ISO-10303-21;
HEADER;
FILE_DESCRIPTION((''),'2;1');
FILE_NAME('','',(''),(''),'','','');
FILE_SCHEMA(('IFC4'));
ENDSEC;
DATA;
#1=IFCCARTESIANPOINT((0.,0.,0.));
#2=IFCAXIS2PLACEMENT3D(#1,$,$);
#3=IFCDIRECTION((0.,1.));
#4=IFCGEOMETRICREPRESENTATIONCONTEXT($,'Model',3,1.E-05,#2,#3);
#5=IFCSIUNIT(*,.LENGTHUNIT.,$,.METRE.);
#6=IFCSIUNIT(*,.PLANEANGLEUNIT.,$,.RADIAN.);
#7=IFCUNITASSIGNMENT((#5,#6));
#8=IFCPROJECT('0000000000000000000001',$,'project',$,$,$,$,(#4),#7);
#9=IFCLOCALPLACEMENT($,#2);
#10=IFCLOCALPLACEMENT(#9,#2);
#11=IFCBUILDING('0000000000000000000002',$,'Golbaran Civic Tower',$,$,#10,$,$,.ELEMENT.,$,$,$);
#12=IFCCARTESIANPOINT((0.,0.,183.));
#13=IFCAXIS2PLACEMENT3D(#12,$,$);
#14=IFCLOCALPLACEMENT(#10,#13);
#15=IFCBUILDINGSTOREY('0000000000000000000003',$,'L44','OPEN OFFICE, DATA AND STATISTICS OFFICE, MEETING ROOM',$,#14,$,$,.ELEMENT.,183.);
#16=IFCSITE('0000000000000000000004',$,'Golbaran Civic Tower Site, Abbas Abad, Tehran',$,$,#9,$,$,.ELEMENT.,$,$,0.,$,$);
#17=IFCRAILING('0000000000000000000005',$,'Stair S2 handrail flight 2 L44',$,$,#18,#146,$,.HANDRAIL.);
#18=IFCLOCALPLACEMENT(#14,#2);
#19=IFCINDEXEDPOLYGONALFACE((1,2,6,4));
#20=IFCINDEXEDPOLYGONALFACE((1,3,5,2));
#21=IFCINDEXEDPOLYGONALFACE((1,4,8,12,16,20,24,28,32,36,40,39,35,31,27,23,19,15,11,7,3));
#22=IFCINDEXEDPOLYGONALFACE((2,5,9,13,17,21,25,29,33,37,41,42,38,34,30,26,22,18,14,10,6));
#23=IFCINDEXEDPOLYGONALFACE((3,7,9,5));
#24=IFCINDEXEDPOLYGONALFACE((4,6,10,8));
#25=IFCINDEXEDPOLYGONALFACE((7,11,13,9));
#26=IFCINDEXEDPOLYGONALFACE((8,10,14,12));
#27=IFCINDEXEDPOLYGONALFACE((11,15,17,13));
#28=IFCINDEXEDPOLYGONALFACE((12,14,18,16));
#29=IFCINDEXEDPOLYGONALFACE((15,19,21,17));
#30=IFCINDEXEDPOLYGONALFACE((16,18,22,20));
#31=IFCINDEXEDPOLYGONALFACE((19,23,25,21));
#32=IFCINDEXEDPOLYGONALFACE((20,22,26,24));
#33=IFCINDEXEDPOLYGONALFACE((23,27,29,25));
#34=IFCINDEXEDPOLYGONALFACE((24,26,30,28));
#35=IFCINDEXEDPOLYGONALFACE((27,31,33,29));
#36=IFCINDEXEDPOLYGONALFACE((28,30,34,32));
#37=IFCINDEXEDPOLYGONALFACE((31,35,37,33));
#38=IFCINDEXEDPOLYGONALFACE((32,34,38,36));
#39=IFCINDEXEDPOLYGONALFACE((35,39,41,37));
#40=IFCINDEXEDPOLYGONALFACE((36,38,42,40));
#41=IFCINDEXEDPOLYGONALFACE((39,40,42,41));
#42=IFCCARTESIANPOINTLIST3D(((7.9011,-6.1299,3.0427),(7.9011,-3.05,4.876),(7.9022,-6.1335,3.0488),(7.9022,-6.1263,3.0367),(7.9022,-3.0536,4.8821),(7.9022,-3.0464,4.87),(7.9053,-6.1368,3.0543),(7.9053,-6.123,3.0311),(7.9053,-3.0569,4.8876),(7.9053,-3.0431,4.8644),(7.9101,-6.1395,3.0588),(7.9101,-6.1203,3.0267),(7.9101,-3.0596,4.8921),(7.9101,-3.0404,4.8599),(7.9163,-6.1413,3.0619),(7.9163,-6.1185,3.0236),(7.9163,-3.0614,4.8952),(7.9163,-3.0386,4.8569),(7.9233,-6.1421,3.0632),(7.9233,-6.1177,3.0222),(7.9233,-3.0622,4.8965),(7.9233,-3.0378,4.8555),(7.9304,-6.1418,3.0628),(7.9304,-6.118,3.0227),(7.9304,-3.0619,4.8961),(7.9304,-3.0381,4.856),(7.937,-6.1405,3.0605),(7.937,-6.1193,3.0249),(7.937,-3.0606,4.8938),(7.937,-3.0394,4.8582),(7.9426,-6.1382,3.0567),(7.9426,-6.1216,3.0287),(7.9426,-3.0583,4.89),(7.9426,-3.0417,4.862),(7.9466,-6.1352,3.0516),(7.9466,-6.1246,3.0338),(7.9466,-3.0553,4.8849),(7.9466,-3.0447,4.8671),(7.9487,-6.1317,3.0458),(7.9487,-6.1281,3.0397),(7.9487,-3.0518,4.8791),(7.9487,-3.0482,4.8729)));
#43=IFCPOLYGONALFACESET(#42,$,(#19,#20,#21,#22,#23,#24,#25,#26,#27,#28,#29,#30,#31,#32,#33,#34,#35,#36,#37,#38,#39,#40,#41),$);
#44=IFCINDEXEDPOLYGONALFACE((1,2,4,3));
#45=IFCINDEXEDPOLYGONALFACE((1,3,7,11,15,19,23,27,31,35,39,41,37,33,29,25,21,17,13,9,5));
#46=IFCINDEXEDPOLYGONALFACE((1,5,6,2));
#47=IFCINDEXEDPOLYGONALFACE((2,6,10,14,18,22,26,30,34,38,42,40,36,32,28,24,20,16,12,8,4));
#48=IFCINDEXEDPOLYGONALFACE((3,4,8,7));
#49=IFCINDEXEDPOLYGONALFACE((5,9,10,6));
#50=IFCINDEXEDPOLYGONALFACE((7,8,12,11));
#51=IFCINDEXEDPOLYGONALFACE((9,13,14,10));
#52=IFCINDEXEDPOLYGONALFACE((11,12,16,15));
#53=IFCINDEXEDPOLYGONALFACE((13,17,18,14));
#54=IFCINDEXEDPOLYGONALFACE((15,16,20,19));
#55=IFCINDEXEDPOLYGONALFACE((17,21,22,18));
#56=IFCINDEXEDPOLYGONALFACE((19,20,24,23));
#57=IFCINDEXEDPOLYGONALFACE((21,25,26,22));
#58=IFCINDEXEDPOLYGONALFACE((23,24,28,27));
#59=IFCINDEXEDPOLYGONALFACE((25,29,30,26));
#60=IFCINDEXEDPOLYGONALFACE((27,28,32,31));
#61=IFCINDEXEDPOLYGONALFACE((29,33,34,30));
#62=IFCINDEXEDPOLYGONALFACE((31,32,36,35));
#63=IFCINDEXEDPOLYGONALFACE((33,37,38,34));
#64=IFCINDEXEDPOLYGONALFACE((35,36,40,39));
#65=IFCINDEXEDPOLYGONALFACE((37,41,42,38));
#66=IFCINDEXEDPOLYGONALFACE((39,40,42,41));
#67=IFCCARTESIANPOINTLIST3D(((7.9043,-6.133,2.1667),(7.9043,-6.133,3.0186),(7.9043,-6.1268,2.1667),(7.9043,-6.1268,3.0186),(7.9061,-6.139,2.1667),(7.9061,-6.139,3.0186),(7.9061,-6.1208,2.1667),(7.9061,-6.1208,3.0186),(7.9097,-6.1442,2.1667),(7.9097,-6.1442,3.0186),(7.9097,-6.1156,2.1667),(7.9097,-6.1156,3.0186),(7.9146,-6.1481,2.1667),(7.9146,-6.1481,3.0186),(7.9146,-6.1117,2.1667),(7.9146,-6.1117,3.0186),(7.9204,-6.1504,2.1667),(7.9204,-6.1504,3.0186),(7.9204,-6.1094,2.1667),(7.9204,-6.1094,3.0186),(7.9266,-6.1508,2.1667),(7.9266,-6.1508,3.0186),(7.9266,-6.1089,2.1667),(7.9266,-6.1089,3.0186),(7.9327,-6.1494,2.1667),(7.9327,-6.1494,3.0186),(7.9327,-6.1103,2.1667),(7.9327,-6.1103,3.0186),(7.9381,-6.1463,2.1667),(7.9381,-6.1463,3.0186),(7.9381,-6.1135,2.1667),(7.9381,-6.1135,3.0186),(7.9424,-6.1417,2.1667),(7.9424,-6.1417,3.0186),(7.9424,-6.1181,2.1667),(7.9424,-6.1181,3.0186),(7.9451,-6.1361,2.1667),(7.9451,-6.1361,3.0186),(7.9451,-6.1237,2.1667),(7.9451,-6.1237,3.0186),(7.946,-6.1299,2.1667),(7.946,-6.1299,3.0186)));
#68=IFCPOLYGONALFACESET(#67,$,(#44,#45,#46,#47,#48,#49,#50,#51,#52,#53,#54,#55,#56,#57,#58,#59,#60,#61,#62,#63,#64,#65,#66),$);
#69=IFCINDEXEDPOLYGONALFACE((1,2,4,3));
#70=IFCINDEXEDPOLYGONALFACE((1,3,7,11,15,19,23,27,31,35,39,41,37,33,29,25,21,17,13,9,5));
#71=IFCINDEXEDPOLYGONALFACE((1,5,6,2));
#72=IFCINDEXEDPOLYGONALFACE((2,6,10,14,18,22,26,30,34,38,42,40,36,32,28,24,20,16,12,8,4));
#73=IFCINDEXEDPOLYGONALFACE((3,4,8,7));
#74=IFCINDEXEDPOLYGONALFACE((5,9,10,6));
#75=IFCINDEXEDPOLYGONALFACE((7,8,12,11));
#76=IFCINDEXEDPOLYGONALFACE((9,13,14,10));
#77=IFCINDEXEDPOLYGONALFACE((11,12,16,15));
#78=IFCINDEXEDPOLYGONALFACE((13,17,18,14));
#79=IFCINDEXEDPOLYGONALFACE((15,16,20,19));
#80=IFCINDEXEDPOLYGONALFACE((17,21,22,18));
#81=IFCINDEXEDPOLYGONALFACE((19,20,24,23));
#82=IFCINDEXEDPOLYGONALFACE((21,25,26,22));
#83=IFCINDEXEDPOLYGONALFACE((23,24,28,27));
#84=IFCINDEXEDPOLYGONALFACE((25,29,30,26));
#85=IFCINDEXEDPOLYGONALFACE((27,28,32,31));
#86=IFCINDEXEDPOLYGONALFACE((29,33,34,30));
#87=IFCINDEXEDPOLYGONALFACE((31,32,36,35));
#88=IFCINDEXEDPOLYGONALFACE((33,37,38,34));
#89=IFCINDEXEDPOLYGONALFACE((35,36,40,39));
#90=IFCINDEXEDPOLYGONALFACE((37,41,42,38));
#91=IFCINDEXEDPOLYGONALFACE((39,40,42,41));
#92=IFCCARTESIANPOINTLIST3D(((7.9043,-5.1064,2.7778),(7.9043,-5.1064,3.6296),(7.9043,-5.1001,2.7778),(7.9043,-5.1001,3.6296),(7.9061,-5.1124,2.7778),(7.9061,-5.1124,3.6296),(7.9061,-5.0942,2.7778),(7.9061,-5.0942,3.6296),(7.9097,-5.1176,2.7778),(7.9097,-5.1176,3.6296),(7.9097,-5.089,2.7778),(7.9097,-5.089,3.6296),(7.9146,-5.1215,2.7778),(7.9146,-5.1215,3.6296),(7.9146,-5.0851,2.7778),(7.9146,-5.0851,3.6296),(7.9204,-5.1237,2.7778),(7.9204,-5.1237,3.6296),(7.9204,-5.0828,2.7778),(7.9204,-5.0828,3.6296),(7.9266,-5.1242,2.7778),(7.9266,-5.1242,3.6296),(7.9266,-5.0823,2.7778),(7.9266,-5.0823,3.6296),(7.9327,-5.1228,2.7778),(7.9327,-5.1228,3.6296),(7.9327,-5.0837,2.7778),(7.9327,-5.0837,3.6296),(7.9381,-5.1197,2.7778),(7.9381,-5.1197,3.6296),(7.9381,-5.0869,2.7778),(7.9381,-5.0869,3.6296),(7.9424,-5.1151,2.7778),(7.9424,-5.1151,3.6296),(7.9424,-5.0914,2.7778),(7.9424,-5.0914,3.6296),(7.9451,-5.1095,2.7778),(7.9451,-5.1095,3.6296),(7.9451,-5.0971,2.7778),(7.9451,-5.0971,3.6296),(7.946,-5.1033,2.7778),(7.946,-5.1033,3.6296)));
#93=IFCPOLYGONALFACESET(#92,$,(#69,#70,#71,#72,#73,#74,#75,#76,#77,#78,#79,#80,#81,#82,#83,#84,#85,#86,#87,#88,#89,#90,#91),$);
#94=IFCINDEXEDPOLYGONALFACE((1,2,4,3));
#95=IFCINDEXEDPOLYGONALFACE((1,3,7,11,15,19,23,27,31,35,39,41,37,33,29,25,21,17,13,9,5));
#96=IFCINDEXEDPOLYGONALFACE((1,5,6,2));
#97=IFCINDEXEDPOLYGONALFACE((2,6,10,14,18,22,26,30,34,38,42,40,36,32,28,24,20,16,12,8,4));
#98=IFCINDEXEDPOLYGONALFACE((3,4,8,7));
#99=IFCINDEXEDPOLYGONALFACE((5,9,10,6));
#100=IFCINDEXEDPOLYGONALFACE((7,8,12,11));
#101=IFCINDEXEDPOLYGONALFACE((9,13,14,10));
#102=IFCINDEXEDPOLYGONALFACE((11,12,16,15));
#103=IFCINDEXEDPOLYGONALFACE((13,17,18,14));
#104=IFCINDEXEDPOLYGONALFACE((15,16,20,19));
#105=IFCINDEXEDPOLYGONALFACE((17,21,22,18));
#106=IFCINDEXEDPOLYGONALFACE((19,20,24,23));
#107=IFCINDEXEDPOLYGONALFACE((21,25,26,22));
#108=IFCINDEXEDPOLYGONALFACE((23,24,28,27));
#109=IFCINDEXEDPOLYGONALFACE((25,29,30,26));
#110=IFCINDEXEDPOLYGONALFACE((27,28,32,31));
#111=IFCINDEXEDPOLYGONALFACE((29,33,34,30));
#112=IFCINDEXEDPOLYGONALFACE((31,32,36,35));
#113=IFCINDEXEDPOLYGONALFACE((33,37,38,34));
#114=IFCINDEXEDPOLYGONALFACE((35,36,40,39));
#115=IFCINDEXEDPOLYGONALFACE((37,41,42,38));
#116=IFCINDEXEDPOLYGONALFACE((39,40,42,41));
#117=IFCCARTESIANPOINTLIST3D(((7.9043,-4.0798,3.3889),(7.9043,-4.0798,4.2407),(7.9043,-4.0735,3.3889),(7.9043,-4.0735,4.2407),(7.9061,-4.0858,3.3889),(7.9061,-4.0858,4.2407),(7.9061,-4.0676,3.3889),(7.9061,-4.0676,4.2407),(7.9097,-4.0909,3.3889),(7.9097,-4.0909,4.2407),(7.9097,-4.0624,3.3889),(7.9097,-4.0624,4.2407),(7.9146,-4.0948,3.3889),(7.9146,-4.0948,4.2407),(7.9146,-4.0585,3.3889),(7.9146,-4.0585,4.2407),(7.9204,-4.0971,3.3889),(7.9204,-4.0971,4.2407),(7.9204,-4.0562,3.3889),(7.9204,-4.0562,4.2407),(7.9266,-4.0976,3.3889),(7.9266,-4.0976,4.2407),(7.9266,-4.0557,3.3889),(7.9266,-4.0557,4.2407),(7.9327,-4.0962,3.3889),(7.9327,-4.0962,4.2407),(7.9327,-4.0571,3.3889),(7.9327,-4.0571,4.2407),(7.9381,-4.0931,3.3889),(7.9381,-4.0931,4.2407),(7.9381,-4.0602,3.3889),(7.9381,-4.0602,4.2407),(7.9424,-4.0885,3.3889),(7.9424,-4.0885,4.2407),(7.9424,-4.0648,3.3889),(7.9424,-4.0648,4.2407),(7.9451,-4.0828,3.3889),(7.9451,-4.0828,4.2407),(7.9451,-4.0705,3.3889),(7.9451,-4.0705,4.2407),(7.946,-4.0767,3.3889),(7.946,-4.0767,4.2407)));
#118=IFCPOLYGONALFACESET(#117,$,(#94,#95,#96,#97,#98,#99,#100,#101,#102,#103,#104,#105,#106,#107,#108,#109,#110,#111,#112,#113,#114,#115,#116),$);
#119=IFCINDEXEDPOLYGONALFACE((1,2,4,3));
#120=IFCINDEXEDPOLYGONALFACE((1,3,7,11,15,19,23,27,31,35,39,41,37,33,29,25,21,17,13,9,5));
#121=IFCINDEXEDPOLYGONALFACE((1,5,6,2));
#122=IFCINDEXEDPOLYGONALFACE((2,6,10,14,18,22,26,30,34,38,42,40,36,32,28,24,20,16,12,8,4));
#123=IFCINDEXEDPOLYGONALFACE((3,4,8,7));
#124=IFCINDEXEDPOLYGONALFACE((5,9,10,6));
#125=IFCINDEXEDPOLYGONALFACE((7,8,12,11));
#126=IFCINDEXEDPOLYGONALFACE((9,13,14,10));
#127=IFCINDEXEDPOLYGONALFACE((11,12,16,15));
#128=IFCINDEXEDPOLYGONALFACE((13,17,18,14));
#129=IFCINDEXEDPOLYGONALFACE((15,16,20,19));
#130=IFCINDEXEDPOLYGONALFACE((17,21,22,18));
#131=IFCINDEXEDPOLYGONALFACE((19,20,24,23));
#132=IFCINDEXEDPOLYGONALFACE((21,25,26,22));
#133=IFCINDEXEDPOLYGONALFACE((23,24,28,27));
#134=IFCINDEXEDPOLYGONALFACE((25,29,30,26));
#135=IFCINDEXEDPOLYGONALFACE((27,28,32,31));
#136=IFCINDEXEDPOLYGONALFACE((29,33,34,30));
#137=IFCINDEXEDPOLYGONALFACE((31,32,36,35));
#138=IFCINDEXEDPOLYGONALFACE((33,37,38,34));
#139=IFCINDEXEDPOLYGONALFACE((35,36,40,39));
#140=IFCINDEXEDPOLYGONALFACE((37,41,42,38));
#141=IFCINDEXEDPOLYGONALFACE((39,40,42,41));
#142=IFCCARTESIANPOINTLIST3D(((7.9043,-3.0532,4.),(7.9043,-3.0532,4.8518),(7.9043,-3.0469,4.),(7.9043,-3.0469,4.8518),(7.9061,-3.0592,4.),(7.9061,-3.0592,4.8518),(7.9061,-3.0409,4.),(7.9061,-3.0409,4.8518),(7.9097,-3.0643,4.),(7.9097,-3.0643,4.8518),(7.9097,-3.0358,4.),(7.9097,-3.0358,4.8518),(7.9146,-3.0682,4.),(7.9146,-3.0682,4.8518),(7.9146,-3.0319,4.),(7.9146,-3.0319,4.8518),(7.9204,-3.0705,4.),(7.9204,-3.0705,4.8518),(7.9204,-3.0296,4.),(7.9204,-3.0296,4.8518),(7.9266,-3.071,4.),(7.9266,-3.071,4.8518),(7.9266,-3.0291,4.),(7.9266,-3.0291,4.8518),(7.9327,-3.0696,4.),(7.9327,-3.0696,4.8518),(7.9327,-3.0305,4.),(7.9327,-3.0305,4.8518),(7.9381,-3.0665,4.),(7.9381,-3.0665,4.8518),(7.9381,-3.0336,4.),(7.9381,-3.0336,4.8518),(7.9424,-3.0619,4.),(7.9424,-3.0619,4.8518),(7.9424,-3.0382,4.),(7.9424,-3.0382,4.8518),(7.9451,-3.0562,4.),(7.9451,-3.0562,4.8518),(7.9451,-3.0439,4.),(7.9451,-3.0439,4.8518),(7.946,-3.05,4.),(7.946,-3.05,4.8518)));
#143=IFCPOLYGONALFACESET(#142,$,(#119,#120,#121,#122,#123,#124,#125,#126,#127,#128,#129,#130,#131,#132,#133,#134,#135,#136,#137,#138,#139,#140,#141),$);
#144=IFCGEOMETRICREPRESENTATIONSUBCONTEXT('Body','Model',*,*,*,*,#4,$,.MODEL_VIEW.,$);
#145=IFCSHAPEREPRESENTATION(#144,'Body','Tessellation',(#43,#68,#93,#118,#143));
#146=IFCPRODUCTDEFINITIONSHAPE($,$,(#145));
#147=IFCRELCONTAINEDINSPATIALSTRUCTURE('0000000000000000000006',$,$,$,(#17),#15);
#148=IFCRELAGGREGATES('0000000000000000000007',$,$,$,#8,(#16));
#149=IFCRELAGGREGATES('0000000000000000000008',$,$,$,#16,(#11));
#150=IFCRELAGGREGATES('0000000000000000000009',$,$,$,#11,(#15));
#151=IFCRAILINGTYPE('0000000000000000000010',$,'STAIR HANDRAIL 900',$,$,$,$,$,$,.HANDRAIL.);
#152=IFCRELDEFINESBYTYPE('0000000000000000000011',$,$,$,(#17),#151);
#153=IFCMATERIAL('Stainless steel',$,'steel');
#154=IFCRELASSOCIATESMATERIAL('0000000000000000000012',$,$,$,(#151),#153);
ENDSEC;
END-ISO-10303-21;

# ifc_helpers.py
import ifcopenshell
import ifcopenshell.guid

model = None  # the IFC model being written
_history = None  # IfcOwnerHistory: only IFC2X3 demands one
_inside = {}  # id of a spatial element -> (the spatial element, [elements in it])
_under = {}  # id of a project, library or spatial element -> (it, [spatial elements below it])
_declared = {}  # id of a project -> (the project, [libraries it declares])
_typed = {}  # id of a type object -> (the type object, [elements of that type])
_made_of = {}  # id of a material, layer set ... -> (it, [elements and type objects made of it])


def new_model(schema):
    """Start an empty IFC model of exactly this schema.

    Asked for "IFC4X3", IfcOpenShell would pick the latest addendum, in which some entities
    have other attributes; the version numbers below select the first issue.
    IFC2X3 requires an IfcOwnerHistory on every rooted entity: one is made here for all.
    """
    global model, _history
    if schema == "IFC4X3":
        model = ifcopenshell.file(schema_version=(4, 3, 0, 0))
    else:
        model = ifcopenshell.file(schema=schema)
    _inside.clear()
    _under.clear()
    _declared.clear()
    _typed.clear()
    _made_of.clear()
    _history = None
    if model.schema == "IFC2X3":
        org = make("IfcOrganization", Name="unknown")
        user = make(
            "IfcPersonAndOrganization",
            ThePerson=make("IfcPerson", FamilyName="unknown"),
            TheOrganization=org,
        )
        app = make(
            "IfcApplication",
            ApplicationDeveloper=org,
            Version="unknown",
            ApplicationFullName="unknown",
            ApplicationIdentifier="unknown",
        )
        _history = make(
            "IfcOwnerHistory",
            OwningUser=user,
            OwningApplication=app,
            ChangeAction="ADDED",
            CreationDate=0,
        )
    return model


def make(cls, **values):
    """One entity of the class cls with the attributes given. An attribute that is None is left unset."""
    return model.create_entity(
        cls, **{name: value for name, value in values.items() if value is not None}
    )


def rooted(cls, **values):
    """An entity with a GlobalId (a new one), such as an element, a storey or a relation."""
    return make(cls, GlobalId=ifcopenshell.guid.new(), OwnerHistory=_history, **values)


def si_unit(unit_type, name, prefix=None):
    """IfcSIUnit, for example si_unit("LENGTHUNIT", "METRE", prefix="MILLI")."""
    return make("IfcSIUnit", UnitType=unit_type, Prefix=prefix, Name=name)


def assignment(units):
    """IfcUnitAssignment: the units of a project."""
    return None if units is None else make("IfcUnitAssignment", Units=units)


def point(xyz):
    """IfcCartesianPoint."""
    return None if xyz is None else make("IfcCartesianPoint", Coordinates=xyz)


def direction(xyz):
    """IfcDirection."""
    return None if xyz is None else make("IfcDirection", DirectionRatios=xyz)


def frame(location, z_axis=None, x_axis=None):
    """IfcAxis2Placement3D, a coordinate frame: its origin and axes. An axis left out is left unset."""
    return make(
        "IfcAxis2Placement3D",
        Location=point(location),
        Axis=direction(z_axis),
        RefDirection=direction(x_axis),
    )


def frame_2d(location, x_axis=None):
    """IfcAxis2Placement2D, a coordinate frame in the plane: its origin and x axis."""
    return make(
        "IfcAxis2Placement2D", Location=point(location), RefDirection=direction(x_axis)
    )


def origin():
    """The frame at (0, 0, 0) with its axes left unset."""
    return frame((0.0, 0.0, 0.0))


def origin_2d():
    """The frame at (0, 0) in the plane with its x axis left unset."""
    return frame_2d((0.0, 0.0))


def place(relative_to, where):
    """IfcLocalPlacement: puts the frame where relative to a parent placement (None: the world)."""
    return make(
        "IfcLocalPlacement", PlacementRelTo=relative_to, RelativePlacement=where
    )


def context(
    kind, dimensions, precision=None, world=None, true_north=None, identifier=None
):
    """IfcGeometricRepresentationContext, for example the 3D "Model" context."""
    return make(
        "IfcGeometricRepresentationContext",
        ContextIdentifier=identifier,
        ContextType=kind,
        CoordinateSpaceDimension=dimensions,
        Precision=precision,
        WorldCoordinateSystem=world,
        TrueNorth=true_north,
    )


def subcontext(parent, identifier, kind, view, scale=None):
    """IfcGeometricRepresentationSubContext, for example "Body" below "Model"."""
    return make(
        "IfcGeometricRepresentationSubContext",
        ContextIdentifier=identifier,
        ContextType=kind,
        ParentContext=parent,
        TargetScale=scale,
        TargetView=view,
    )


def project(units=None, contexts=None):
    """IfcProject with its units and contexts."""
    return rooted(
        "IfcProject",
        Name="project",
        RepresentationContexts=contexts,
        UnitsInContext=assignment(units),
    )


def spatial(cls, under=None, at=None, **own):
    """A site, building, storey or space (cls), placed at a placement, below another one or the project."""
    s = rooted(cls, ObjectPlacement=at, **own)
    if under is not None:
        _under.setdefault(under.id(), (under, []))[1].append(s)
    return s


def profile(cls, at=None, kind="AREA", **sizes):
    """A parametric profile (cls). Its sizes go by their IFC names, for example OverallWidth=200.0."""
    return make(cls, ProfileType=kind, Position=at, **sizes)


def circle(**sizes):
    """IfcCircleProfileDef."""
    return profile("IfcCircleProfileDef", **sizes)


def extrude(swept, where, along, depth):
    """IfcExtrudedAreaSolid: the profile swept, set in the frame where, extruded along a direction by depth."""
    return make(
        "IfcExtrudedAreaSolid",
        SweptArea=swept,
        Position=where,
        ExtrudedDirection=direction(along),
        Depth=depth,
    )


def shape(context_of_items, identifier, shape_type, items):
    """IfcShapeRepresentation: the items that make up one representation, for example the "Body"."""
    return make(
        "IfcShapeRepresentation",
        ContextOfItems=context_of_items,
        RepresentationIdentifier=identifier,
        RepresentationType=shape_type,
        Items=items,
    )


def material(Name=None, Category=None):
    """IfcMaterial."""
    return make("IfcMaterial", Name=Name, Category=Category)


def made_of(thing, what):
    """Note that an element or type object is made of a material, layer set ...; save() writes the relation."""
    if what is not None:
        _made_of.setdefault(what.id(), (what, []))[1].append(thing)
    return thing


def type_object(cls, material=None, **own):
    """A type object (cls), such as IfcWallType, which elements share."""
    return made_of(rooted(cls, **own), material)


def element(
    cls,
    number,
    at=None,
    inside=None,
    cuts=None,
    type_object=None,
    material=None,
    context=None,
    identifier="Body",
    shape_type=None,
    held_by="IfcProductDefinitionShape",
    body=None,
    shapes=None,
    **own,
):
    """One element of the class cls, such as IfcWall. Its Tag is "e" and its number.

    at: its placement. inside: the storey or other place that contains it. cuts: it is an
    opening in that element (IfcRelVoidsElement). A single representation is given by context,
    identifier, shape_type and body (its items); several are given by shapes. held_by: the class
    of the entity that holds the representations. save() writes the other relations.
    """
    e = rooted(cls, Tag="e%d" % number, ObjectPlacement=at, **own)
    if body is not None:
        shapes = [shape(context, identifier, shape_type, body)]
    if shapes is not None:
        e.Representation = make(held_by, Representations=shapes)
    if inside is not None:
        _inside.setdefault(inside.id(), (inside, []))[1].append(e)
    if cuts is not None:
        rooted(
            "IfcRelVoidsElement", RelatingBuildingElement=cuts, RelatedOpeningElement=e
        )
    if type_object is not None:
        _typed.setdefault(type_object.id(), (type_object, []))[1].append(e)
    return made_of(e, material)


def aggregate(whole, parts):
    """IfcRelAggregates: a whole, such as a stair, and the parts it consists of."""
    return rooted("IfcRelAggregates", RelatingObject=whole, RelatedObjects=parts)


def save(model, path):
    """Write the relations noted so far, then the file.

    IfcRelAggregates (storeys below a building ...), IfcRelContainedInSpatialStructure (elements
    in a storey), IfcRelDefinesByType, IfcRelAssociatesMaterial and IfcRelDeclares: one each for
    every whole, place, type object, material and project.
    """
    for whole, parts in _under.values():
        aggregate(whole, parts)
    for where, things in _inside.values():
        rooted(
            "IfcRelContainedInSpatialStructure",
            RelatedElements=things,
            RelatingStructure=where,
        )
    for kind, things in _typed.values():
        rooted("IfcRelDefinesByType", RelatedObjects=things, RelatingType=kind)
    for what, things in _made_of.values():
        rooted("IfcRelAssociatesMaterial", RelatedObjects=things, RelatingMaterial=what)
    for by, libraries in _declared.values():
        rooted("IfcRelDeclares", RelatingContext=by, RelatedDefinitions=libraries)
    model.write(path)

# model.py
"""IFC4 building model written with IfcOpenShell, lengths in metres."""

from ifc_helpers import new_model, si_unit, direction, frame, origin, origin_2d, place, context, subcontext, project, spatial, circle, extrude, material, type_object, element, save


model = new_model("IFC4")

# Units and contexts
model_context = context("Model", 3, precision=1e-05, world=origin(), true_north=direction((0.0, 1.0)))
body_context = subcontext(model_context, "Body", "Model", "MODEL_VIEW")
ifc_project = project(units=[si_unit("LENGTHUNIT", "METRE"), si_unit("PLANEANGLEUNIT", "RADIAN")], contexts=[model_context])

# Site, building, storey
site_placement = place(None, origin())
site = spatial("IfcSite", under=ifc_project, at=site_placement, Name="Golbaran Civic Tower Site, Abbas Abad, Tehran", CompositionType="ELEMENT", RefElevation=0.0)
building_placement = place(site_placement, origin())
building = spatial("IfcBuilding", under=site, at=building_placement, Name="Golbaran Civic Tower", CompositionType="ELEMENT")
storey_placement = place(building_placement, frame((0.0, 0.0, 183.0)))
storey = spatial("IfcBuildingStorey", under=building, at=storey_placement, Name="L44", Description="OPEN OFFICE, DATA AND STATISTICS OFFICE, MEETING ROOM", CompositionType="ELEMENT", Elevation=183.0)

# Shared definitions
ifc_material_1 = material(Name="Stainless steel", Category="steel")

# Railing
railing_type = type_object("IfcRailingType", Name="STAIR HANDRAIL 900", PredefinedType="HANDRAIL", material=ifc_material_1)
railing_1_placement = place(storey_placement, frame((7.925, -6.1299, 2.1667)))
element("IfcRailing", 1, at=railing_1_placement, inside=storey, type_object=railing_type, Name="Stair S2 handrail flight 2 L44", PredefinedType="HANDRAIL", context=body_context, shape_type="SweptSolid", body=[
    extrude(circle(Radius=0.0239, at=origin_2d()), frame((0.0, 0.0, 0.876), z_axis=(0.0, 0.859291, 0.511487), x_axis=(-1.0, 0.0, 0.0)), (0.0, 0.0, 1.0), 3.5842),
    extrude(circle(Radius=0.021, at=origin_2d()), origin(), (0.0, 0.0, 1.0), 0.8518),
    extrude(circle(Radius=0.021, at=origin_2d()), frame((0.0, 1.0266, 0.6111)), (0.0, 0.0, 1.0), 0.8518),
    extrude(circle(Radius=0.021, at=origin_2d()), frame((0.0, 2.0532, 1.2222)), (0.0, 0.0, 1.0), 0.8518),
    extrude(circle(Radius=0.021, at=origin_2d()), frame((0.0, 3.0798, 1.8333)), (0.0, 0.0, 1.0), 0.8518),
])

save(model, "model.ifc")
